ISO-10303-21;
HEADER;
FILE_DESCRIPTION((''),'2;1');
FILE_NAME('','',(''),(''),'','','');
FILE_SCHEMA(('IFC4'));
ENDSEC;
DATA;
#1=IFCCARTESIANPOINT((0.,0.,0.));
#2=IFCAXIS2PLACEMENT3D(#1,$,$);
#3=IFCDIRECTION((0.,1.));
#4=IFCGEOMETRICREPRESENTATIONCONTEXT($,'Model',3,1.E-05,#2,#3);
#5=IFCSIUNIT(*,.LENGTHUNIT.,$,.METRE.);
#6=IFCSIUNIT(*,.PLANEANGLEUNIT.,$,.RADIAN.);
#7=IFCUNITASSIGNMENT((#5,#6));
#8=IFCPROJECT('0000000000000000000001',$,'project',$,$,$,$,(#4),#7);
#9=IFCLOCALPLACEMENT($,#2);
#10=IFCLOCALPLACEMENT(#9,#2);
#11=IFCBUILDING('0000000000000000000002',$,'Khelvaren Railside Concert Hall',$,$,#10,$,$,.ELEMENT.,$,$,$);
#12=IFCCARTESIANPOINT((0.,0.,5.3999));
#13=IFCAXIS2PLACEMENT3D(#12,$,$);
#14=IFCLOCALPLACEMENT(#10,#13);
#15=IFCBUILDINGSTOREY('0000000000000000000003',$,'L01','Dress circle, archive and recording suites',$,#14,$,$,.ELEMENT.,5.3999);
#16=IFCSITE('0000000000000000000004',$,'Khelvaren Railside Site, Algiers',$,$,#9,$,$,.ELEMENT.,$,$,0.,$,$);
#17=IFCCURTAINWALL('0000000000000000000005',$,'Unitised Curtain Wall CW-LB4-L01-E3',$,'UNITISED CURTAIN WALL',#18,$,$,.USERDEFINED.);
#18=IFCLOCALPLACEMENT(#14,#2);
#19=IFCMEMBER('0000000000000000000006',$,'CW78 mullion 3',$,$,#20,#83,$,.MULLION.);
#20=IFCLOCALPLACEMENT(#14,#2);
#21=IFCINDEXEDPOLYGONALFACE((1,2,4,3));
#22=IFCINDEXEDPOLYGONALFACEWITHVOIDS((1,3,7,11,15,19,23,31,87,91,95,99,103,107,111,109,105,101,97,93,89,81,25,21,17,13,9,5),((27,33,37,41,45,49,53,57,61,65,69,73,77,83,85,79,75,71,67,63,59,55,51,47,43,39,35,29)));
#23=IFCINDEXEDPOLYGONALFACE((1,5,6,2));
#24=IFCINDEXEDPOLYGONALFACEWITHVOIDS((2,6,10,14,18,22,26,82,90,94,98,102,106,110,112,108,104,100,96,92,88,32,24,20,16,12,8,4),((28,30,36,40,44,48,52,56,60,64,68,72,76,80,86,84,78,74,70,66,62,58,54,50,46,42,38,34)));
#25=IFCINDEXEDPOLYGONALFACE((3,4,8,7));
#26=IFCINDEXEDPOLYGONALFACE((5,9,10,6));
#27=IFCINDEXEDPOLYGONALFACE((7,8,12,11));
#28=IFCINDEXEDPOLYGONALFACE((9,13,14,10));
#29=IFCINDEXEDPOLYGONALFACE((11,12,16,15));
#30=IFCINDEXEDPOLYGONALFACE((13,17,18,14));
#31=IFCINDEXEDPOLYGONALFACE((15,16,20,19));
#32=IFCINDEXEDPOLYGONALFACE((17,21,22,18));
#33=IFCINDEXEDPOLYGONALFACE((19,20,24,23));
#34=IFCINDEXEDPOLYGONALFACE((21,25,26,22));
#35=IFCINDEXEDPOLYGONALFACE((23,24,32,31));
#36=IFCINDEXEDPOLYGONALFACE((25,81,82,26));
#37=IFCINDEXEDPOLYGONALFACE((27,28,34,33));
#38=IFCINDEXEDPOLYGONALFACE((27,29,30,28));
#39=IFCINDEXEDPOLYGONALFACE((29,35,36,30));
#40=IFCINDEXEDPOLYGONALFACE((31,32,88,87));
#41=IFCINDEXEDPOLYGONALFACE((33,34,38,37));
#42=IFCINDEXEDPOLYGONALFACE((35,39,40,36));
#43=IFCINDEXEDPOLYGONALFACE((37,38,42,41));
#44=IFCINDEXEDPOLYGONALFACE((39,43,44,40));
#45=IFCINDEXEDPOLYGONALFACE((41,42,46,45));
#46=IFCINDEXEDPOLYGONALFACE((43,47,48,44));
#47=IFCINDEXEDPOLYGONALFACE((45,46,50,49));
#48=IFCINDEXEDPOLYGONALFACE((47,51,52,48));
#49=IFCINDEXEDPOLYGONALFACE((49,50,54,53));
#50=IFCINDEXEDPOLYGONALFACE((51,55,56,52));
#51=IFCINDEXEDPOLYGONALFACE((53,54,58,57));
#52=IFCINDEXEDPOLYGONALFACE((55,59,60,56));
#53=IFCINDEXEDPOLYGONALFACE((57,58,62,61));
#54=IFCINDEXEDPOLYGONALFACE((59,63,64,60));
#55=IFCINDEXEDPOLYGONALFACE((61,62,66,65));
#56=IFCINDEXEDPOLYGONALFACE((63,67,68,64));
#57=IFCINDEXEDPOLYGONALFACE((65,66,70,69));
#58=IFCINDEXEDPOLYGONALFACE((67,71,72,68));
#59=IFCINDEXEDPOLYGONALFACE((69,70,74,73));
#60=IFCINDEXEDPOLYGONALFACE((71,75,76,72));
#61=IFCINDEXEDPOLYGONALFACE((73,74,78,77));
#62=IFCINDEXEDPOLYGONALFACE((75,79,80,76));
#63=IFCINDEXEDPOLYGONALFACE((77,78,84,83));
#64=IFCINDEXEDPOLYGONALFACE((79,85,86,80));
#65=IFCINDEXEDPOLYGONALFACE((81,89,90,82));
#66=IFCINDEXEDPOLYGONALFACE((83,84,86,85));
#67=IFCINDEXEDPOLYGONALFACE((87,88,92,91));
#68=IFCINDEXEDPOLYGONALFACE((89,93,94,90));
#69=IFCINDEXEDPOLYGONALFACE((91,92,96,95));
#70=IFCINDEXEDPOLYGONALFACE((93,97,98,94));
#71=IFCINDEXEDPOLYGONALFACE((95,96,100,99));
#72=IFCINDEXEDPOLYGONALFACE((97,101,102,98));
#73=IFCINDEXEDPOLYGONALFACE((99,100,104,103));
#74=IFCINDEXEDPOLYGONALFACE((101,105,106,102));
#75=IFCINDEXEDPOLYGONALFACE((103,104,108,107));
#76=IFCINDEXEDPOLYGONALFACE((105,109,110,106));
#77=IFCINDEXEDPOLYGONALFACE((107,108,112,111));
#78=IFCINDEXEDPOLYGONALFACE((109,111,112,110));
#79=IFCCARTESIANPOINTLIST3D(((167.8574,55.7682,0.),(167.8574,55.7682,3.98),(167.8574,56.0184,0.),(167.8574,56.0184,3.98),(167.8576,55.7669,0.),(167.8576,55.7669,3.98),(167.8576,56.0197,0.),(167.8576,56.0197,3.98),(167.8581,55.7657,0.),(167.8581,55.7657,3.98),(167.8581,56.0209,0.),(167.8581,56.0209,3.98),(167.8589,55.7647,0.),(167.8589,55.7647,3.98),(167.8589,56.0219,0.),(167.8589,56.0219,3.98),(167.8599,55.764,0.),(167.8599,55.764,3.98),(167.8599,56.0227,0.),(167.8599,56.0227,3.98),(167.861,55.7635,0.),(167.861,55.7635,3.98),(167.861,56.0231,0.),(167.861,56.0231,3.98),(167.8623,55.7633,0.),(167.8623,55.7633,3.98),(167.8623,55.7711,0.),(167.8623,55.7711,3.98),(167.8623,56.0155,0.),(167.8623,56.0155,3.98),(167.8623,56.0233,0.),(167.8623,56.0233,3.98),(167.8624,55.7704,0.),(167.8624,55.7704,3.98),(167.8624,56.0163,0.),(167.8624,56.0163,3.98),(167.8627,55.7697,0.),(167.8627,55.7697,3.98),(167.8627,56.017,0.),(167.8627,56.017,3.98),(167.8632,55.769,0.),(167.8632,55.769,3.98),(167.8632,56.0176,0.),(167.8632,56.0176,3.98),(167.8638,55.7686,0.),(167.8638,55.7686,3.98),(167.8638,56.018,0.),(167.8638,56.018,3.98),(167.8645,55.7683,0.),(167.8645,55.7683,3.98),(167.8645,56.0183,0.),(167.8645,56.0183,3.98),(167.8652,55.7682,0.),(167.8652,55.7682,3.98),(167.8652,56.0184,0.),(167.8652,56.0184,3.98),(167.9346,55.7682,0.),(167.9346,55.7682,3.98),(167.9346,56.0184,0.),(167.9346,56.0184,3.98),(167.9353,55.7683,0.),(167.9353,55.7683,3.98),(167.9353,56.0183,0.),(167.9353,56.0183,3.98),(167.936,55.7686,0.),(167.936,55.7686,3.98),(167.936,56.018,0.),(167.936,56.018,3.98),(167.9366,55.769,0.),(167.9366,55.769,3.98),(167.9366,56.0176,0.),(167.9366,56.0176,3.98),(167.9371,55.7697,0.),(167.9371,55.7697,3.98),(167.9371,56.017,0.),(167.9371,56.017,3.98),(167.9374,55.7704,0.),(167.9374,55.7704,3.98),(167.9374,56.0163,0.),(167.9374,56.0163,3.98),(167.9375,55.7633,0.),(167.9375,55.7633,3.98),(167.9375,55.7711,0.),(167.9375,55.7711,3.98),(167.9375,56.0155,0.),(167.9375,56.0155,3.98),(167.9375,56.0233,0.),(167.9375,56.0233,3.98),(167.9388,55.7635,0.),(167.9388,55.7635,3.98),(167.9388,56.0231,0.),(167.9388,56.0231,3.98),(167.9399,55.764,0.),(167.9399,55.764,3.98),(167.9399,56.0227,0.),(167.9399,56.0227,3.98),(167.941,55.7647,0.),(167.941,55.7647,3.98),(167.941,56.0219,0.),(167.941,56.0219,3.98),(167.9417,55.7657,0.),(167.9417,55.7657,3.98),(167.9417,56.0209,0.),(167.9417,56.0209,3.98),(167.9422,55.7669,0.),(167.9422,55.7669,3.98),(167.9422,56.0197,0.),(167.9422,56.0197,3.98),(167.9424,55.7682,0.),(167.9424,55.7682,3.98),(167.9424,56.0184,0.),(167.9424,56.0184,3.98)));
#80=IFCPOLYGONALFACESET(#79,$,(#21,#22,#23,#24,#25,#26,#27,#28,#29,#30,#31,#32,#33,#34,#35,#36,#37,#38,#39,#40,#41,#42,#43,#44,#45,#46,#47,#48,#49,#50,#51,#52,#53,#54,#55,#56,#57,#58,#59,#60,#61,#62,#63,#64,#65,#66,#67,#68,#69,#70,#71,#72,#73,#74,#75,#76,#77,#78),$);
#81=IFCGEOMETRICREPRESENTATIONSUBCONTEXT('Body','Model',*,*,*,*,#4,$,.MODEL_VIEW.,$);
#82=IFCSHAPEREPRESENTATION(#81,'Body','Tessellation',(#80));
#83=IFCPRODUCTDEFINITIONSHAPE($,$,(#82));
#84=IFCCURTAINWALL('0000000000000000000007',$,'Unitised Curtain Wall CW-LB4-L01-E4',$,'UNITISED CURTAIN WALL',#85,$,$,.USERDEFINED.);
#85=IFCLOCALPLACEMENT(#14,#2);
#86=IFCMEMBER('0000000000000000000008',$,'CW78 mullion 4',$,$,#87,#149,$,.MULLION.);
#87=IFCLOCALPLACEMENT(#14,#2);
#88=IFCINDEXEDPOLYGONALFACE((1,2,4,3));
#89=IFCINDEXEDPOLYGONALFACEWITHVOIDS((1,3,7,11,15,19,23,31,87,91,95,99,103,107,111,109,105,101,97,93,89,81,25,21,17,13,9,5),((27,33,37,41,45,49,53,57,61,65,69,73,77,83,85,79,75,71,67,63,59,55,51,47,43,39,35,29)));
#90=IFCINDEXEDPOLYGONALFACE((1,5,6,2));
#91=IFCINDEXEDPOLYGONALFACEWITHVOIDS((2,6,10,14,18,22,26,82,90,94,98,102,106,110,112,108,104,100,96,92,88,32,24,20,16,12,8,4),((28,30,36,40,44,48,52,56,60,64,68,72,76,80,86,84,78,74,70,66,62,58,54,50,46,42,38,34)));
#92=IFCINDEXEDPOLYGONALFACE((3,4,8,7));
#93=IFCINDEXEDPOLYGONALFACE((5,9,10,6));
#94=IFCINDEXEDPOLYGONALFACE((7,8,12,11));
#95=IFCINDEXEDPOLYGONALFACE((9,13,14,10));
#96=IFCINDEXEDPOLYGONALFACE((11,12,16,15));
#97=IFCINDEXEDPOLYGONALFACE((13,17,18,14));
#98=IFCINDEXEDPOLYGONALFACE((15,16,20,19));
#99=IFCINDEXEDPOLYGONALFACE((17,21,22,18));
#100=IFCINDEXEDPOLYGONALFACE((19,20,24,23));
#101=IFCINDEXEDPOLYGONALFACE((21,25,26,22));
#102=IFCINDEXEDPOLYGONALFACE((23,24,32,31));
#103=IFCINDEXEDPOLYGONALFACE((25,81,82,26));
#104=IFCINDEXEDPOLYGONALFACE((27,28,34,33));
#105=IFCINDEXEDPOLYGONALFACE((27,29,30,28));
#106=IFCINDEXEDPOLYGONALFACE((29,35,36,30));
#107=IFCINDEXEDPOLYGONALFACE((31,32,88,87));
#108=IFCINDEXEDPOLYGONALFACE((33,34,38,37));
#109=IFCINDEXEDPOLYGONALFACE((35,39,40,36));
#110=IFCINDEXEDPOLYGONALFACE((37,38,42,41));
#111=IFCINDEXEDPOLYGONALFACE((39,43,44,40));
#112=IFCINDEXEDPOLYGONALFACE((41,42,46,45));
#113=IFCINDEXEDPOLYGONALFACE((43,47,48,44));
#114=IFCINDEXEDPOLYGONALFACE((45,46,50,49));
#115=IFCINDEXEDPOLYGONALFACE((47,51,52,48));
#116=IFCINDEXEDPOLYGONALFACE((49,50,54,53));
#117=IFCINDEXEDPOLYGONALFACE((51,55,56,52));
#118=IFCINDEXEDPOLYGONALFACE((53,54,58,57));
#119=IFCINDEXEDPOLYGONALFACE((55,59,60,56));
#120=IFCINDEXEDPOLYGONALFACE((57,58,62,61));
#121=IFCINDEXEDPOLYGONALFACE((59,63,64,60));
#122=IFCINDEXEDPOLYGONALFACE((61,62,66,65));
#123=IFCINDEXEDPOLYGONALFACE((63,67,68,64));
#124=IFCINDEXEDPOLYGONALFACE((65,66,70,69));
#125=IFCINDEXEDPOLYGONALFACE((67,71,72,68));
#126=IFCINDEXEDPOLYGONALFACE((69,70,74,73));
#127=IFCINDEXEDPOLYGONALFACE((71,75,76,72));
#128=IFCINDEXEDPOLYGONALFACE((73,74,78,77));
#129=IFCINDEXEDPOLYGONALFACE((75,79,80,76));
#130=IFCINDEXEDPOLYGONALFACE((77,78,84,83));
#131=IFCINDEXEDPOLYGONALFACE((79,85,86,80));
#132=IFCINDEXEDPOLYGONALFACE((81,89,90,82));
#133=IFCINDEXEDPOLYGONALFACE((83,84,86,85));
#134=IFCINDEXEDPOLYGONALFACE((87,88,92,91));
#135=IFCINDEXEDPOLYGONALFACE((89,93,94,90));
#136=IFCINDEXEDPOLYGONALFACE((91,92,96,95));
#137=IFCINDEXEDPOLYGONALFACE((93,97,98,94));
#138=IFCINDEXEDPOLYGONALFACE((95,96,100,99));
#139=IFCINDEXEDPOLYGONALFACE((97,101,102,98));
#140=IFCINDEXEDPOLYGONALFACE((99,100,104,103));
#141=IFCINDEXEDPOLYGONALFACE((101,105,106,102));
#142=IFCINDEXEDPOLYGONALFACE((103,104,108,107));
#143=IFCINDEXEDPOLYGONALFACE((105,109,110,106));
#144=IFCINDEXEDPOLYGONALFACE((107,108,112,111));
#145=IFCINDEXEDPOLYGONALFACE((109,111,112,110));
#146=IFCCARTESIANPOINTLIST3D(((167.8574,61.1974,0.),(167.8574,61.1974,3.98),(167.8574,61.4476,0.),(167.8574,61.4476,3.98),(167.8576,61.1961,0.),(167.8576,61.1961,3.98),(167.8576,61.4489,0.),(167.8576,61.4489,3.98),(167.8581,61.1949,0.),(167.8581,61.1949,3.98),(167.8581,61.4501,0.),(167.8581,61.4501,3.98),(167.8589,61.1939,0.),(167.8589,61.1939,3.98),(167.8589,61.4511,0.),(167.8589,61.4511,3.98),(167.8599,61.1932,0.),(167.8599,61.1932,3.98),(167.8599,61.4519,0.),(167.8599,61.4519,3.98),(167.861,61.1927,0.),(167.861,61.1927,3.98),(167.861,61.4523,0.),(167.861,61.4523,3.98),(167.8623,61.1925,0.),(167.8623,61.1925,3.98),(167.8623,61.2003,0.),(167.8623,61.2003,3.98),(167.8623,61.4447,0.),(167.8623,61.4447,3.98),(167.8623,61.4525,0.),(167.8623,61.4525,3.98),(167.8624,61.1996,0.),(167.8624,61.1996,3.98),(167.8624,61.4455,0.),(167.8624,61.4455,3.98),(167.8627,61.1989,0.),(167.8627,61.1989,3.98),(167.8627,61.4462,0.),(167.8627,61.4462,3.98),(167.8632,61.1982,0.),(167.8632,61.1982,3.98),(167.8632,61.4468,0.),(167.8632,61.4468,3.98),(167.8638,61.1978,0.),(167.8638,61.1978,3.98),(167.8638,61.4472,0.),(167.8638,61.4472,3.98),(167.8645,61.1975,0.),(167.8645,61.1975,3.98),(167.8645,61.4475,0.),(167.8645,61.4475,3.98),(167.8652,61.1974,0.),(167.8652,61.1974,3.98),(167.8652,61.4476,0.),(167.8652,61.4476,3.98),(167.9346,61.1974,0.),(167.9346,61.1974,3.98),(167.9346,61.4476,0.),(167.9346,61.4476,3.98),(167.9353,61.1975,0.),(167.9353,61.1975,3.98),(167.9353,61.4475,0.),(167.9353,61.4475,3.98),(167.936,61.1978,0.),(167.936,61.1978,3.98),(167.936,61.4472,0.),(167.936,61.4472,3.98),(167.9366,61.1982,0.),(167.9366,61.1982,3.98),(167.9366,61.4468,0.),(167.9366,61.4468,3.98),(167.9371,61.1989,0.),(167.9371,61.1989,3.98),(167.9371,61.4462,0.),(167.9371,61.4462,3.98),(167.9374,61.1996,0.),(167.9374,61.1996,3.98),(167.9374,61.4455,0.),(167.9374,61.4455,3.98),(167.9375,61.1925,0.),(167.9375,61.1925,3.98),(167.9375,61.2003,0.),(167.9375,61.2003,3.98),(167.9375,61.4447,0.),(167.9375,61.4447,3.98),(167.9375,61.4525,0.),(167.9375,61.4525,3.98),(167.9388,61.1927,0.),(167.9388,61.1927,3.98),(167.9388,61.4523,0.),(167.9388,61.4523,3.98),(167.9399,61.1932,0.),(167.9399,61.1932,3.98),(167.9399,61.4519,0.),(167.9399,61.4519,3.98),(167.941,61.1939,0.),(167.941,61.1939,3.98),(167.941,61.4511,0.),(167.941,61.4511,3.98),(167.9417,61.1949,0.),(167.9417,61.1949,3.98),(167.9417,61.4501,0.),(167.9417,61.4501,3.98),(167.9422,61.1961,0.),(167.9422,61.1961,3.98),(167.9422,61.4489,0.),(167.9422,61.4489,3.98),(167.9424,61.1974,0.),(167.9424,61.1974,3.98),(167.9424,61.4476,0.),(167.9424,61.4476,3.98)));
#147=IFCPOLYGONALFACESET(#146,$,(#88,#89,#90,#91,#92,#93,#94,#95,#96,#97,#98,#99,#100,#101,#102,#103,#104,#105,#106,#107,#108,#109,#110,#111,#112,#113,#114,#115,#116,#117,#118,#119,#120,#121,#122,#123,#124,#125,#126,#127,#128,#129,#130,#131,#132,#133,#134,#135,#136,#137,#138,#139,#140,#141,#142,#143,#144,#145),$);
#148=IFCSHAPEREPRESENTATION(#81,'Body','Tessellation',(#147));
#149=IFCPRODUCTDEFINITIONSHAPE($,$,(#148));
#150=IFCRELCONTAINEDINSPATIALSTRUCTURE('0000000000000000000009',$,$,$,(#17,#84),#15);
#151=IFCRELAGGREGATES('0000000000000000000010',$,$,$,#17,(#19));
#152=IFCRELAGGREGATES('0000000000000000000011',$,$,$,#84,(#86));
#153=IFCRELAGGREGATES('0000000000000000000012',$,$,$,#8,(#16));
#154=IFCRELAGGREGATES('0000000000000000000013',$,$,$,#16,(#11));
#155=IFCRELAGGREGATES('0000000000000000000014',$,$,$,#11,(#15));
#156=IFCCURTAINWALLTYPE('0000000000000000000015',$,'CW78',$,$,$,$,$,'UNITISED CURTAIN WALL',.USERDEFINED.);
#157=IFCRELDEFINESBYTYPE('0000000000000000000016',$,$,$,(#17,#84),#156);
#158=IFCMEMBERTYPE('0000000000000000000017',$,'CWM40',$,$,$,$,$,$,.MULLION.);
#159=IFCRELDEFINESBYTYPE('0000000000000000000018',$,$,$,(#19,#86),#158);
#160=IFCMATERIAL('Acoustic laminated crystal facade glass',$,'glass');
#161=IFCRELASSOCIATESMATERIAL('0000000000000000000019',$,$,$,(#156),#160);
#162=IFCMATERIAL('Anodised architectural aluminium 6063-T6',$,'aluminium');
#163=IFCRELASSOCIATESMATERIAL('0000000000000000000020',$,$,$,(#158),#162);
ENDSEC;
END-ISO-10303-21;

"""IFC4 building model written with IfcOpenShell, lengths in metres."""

from ifc_helpers import new_model, si_unit, direction, frame, origin, origin_2d, place, context, subcontext, project, spatial, hollow_rectangle, extrude, material, material_profile, profile_set, type_object, element, aggregate, save


model = new_model("IFC4")

# Units and contexts
model_context = context("Model", 3, precision=1e-05, world=origin(), true_north=direction((0.0, 1.0)))
body_context = subcontext(model_context, "Body", "Model", "MODEL_VIEW")
ifc_project = project(units=[si_unit("LENGTHUNIT", "METRE"), si_unit("PLANEANGLEUNIT", "RADIAN")], contexts=[model_context])

# Site, building, storey
site_placement = place(None, origin())
site = spatial("IfcSite", under=ifc_project, at=site_placement, Name="Khelvaren Railside Site, Algiers", CompositionType="ELEMENT", RefElevation=0.0)
building_placement = place(site_placement, origin())
building = spatial("IfcBuilding", under=site, at=building_placement, Name="Khelvaren Railside Concert Hall", CompositionType="ELEMENT")
storey_placement = place(building_placement, frame((0.0, 0.0, 5.3999)))
storey = spatial("IfcBuildingStorey", under=building, at=storey_placement, Name="L01", Description="Dress circle, archive and recording suites", CompositionType="ELEMENT", Elevation=5.3999)

# Curtain wall, member
ifc_material_1 = material(Name="Acoustic laminated crystal facade glass", Category="glass")
curtain_wall_type = type_object("IfcCurtainWallType", Name="CW78", ElementType="UNITISED CURTAIN WALL", PredefinedType="USERDEFINED", material=ifc_material_1)
curtain_wall_1_placement = place(storey_placement, origin())
curtain_wall_1 = element("IfcCurtainWall", 1, at=curtain_wall_1_placement, inside=storey, type_object=curtain_wall_type, Name="Unitised Curtain Wall CW-LB4-L01-E3", ObjectType="UNITISED CURTAIN WALL", PredefinedType="USERDEFINED")
ifc_material_2 = material(Name="Anodised architectural aluminium 6063-T6", Category="aluminium")
ifc_material_profile_1 = material_profile(ifc_material_2, hollow_rectangle(XDim=0.085, YDim=0.26, WallThickness=0.0049, InnerFilletRadius=0.0029, OuterFilletRadius=0.0049, at=origin_2d()), Name="CWM 85x260x5")
ifc_profile_set_1 = profile_set([ifc_material_profile_1], Name="Anodised architectural aluminium 6063-T6")
member_type_1 = type_object("IfcMemberType", Name="CWM40", PredefinedType="MULLION", material=ifc_profile_set_1)
member_1_placement = place(storey_placement, frame((167.8999, 55.8933, 0.0), z_axis=(0.0, 0.0, 1.0), x_axis=(1.0, 0.0, 0.0)))
member_1 = element("IfcMember", 2, at=member_1_placement, type_object=member_type_1, Name="CW78 mullion 3", PredefinedType="MULLION", context=body_context, shape_type="SweptSolid", body=[
    extrude(hollow_rectangle(XDim=0.085, YDim=0.26, WallThickness=0.0049, InnerFilletRadius=0.0029, OuterFilletRadius=0.0049, at=origin_2d()), origin(), (0.0, 0.0, 1.0), 3.98),
])

# Curtain wall, member
curtain_wall_2_placement = place(storey_placement, origin())
curtain_wall_2 = element("IfcCurtainWall", 3, at=curtain_wall_2_placement, inside=storey, type_object=curtain_wall_type, Name="Unitised Curtain Wall CW-LB4-L01-E4", ObjectType="UNITISED CURTAIN WALL", PredefinedType="USERDEFINED")
member_2_placement = place(storey_placement, frame((167.8999, 61.3225, 0.0), z_axis=(0.0, 0.0, 1.0), x_axis=(1.0, 0.0, 0.0)))
member_2 = element("IfcMember", 4, at=member_2_placement, type_object=member_type_1, Name="CW78 mullion 4", PredefinedType="MULLION", context=body_context, shape_type="SweptSolid", body=[
    extrude(hollow_rectangle(XDim=0.085, YDim=0.26, WallThickness=0.0049, InnerFilletRadius=0.0029, OuterFilletRadius=0.0049, at=origin_2d()), origin(), (0.0, 0.0, 1.0), 3.98),
])

aggregate(curtain_wall_1, [member_1])
aggregate(curtain_wall_2, [member_2])

save(model, "model.ifc")
